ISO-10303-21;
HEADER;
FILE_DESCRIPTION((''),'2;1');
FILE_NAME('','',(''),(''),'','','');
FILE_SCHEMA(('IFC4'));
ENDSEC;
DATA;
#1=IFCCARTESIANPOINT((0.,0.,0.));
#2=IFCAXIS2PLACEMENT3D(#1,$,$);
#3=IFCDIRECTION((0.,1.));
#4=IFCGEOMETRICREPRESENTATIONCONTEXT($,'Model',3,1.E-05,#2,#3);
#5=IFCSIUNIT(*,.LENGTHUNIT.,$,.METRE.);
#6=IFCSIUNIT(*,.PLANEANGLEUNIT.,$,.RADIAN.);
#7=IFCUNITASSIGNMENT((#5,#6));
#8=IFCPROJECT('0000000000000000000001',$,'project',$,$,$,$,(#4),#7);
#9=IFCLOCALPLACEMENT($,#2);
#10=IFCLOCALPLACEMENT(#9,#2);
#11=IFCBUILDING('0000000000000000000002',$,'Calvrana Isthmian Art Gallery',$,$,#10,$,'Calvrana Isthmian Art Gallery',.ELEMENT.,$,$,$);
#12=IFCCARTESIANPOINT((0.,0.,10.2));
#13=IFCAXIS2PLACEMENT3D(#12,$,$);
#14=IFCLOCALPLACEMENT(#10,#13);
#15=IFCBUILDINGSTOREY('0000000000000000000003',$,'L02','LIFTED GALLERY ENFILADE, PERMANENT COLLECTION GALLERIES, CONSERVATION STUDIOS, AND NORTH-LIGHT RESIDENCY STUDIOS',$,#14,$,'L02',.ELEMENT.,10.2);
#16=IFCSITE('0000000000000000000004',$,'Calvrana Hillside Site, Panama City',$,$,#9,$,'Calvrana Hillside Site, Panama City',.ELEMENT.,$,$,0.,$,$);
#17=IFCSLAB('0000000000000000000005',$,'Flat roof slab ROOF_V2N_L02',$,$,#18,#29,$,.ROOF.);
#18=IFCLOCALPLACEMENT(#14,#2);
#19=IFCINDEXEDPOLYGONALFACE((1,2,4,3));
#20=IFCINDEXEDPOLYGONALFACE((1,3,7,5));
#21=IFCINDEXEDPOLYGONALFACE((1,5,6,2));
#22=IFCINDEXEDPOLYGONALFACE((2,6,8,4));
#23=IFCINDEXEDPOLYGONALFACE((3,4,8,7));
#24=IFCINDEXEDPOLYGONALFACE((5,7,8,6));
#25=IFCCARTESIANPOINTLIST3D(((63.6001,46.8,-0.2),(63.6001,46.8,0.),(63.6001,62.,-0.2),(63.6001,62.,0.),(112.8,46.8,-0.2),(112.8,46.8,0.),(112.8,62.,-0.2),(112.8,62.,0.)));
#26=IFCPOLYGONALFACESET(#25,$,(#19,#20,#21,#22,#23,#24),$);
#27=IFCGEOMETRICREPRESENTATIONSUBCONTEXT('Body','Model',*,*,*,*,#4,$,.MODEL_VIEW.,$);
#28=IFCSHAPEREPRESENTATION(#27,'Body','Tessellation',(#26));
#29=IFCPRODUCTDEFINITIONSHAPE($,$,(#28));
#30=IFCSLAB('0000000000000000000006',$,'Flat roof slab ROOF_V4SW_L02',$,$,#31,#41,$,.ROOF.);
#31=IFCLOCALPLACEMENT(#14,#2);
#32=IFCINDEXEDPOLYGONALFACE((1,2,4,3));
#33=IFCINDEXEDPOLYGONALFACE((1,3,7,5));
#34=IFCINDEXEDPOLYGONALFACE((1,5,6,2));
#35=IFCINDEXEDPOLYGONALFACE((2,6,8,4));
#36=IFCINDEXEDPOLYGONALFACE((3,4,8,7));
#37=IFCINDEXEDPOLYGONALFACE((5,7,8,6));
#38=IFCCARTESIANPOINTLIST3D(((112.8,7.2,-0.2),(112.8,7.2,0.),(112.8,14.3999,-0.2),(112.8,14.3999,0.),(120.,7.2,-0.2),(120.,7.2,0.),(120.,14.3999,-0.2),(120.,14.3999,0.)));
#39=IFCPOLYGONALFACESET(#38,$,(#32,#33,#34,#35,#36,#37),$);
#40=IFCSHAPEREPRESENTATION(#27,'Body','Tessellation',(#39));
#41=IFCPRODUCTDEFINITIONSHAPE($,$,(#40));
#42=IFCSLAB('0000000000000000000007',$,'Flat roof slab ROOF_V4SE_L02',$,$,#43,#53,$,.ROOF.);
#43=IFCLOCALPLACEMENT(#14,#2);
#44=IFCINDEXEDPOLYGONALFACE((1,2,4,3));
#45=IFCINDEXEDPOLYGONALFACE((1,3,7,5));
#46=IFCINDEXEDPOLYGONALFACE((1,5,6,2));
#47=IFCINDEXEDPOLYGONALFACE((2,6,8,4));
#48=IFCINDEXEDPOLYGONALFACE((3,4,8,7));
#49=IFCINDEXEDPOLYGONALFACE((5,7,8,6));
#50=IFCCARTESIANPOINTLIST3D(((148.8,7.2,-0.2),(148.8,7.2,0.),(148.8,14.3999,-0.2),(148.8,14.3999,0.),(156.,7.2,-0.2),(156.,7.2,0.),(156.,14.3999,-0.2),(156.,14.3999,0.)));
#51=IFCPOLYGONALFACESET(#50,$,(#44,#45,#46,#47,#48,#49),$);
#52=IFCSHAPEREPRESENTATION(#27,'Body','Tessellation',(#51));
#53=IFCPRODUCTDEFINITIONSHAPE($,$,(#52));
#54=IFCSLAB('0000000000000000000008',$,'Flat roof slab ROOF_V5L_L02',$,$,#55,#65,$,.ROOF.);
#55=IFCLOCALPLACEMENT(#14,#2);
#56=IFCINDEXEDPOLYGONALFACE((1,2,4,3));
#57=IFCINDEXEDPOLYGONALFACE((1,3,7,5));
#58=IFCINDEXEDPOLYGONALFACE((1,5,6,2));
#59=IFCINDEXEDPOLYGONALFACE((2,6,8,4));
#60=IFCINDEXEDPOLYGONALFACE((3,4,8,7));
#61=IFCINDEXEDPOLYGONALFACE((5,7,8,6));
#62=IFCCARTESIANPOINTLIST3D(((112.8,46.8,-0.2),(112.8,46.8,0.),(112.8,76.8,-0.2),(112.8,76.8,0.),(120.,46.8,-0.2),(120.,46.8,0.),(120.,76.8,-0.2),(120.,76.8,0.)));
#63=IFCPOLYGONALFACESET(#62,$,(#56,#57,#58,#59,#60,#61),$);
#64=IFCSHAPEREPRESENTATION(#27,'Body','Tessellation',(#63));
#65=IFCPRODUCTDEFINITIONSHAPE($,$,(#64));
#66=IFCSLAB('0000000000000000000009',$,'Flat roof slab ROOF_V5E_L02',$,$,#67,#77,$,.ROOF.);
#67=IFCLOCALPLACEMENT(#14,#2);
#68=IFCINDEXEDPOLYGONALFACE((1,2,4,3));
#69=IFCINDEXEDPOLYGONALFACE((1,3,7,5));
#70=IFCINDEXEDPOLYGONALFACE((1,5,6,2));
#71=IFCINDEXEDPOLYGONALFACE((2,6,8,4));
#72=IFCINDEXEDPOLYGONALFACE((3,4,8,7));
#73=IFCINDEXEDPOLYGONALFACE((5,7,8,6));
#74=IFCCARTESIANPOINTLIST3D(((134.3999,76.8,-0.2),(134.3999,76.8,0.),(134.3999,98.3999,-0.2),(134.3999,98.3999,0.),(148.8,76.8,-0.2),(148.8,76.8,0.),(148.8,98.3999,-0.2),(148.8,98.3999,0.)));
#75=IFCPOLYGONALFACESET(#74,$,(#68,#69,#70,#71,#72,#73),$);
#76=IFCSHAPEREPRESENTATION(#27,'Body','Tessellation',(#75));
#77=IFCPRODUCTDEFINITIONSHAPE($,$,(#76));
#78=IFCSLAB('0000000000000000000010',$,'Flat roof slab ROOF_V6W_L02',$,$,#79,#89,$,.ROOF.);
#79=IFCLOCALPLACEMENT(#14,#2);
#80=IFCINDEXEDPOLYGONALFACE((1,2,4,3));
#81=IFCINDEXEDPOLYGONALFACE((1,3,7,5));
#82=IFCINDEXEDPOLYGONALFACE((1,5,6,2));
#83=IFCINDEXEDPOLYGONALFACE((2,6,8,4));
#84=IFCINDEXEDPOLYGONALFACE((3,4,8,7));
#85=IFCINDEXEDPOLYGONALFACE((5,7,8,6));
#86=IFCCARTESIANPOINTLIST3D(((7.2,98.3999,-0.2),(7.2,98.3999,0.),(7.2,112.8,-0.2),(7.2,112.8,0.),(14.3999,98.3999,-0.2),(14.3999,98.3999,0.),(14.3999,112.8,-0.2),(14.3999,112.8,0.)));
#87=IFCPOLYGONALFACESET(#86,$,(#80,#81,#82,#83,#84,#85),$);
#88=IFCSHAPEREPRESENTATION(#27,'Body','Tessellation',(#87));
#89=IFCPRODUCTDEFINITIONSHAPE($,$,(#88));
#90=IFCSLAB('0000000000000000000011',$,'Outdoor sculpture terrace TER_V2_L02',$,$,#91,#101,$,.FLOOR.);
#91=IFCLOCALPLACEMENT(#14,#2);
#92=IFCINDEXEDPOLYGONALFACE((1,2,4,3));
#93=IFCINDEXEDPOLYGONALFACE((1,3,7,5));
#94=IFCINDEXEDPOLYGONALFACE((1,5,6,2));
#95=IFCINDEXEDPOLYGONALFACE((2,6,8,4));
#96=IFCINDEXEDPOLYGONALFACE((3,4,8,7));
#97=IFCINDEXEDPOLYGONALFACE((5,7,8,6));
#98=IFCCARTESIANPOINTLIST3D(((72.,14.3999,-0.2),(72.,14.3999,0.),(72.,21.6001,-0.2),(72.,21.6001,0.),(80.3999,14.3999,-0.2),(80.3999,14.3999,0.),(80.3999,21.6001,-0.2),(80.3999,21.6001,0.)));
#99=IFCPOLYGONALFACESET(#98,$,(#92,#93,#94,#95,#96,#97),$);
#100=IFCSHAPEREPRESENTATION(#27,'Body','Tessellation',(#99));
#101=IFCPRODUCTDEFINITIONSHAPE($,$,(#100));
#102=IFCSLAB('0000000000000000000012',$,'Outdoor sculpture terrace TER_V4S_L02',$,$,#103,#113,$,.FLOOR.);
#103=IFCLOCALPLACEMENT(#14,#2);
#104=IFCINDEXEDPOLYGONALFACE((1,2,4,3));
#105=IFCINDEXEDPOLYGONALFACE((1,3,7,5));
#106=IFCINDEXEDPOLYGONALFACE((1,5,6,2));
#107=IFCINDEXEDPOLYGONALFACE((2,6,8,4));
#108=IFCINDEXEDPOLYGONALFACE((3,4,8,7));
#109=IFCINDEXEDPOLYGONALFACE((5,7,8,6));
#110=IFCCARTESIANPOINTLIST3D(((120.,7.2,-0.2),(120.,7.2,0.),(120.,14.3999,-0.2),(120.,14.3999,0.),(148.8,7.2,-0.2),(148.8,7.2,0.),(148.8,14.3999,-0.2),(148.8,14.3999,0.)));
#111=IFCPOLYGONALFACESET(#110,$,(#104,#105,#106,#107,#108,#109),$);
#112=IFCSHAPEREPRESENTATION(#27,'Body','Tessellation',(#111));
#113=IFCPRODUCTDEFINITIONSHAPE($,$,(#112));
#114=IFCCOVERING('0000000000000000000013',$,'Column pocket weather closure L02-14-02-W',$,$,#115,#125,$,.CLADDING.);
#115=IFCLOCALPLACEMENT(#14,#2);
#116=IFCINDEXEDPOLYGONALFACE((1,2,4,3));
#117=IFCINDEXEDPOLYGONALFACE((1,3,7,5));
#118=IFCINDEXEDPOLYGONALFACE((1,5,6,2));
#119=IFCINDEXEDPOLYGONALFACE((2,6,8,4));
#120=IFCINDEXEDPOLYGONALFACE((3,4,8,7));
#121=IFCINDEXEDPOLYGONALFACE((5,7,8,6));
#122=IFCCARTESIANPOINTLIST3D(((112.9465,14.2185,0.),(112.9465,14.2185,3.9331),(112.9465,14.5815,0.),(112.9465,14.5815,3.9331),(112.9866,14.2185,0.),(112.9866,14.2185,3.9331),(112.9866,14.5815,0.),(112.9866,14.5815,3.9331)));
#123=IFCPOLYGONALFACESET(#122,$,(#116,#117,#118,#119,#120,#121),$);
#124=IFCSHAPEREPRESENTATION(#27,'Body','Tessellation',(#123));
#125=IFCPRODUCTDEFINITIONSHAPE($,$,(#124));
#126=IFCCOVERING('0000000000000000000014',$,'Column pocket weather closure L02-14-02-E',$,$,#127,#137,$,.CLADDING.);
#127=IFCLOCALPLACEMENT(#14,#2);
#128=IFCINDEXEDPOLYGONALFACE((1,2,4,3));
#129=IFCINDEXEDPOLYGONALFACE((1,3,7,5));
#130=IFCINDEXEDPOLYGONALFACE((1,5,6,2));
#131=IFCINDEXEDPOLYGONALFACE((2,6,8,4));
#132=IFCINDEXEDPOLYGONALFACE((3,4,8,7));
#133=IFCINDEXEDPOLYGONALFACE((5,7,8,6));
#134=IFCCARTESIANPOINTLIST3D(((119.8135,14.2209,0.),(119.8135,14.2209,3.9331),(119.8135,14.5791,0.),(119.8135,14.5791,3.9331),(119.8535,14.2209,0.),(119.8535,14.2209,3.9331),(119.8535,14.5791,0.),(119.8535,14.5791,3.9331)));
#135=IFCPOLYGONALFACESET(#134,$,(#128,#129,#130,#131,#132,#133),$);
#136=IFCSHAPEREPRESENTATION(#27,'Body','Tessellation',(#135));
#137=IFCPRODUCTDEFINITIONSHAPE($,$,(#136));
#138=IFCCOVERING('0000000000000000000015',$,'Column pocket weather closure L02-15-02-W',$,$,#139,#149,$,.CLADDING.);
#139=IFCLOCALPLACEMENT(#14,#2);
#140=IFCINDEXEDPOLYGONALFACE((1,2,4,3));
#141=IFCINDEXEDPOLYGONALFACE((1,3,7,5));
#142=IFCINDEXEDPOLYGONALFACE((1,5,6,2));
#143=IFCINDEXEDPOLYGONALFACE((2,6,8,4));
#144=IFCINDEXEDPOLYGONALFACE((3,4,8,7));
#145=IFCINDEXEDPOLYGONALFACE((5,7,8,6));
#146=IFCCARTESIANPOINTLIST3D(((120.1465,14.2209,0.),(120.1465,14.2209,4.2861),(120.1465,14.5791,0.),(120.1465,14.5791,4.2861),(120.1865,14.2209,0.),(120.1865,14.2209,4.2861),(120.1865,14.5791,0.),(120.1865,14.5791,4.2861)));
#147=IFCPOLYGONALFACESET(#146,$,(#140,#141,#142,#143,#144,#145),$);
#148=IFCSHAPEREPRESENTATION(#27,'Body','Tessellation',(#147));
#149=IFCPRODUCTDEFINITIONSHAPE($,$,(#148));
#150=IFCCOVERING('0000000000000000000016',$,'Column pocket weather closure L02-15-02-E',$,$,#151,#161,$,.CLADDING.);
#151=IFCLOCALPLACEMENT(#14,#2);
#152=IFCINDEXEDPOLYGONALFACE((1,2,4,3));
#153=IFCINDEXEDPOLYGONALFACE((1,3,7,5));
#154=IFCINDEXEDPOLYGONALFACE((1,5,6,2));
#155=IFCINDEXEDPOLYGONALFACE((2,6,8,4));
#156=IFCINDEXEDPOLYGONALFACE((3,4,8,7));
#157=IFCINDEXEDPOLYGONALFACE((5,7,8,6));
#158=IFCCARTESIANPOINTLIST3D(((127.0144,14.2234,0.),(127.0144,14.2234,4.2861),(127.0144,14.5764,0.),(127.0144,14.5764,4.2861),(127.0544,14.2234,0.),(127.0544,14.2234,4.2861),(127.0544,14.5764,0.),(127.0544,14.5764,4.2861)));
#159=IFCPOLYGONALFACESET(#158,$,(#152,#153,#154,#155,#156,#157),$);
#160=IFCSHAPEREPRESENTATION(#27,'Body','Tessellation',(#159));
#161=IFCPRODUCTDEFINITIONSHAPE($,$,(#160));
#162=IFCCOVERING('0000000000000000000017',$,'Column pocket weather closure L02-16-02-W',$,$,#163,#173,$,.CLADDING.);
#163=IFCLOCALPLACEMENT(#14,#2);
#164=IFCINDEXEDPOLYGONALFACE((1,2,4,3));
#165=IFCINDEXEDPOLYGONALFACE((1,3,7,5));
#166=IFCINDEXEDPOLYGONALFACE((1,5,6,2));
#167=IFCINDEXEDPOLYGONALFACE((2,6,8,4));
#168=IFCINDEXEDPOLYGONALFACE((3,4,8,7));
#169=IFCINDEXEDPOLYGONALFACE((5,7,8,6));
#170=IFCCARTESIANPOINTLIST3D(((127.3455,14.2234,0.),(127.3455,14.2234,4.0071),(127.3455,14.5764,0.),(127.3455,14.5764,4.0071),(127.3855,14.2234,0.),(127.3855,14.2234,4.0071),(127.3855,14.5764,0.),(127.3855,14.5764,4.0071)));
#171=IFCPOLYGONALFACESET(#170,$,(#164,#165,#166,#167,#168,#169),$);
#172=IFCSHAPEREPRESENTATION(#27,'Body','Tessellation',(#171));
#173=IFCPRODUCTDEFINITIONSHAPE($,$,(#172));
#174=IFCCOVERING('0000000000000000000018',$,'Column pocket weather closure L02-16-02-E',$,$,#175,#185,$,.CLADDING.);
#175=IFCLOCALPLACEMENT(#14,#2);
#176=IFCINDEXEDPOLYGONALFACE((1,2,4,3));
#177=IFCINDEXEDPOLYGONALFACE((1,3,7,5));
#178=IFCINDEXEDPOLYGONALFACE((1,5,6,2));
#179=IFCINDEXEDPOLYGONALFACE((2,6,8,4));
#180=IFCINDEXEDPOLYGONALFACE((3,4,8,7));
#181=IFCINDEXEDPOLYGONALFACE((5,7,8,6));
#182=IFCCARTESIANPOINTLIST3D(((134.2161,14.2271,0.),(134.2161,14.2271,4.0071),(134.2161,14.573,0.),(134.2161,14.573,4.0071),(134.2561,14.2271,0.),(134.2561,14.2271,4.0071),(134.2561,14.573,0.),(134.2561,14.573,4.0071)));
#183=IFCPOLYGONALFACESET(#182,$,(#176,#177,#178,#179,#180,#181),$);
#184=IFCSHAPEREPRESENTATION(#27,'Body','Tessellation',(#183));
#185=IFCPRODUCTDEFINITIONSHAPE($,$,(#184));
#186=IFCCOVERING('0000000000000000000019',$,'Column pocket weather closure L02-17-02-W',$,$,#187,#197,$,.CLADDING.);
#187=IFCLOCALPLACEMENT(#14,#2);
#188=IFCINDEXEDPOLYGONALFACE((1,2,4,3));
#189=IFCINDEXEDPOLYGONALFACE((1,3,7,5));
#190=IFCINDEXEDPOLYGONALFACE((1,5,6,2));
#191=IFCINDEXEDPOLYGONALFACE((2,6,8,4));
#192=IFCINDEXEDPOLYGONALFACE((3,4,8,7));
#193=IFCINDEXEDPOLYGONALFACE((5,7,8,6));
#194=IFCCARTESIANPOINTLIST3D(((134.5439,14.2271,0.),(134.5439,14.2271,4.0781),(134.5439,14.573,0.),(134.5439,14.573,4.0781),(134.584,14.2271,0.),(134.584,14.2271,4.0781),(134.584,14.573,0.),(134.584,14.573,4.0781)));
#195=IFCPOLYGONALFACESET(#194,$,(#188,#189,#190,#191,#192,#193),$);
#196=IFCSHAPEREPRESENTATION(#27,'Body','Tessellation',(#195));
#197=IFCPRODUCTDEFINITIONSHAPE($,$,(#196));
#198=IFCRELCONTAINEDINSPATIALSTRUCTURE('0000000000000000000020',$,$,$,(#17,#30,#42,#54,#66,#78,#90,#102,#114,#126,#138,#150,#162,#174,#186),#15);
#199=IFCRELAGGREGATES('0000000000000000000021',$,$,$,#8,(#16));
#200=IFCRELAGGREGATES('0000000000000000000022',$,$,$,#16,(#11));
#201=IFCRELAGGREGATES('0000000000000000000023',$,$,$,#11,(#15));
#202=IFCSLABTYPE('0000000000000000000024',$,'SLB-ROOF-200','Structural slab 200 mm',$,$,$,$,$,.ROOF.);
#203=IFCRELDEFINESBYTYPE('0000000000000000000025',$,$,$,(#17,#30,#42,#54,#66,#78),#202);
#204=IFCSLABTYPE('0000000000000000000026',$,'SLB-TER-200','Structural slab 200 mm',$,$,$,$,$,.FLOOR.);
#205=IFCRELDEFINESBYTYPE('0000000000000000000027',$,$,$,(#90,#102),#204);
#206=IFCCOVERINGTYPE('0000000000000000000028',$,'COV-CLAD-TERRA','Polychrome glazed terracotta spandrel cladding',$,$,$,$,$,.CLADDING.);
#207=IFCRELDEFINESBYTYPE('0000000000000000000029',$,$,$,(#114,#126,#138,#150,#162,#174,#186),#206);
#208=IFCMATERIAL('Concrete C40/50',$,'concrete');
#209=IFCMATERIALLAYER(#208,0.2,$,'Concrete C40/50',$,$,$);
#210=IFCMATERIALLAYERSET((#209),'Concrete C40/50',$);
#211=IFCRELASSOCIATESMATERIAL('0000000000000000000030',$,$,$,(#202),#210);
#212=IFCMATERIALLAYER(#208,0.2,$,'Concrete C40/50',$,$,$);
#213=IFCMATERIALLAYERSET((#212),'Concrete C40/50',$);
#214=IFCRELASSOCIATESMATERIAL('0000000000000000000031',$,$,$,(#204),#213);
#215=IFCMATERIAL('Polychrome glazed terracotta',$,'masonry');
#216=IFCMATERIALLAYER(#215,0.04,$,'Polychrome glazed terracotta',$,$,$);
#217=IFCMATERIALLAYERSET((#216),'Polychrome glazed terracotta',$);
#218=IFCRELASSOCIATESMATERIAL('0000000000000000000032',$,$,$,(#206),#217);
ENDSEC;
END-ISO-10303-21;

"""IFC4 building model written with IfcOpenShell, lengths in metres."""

from ifc_helpers import new_model, si_unit, direction, frame, origin, place, context, subcontext, project, spatial, polyline, outline, extrude, material, layer, layer_set, type_object, element, save


model = new_model("IFC4")

# Units and contexts
model_context = context("Model", 3, precision=1e-05, world=origin(), true_north=direction((0.0, 1.0)))
body_context = subcontext(model_context, "Body", "Model", "MODEL_VIEW")
ifc_project = project(units=[si_unit("LENGTHUNIT", "METRE"), si_unit("PLANEANGLEUNIT", "RADIAN")], contexts=[model_context])

# Site, building, storey
site_placement = place(None, origin())
site = spatial("IfcSite", under=ifc_project, at=site_placement, Name="Calvrana Hillside Site, Panama City", LongName="Calvrana Hillside Site, Panama City", CompositionType="ELEMENT", RefElevation=0.0)
building_placement = place(site_placement, origin())
building = spatial("IfcBuilding", under=site, at=building_placement, Name="Calvrana Isthmian Art Gallery", LongName="Calvrana Isthmian Art Gallery", CompositionType="ELEMENT")
storey_placement = place(building_placement, frame((0.0, 0.0, 10.2)))
storey = spatial("IfcBuildingStorey", under=building, at=storey_placement, Name="L02", Description="LIFTED GALLERY ENFILADE, PERMANENT COLLECTION GALLERIES, CONSERVATION STUDIOS, AND NORTH-LIGHT RESIDENCY STUDIOS", LongName="L02", CompositionType="ELEMENT", Elevation=10.2)

# Shared definitions
ifc_material_1 = material(Name="Concrete C40/50", Category="concrete")

# Shared definitions
ifc_layer_1 = layer(ifc_material_1, 0.2, Name="Concrete C40/50")
ifc_layer_set_1 = layer_set([ifc_layer_1], Name="Concrete C40/50")
slab_type_1 = type_object("IfcSlabType", Name="SLB-ROOF-200", Description="Structural slab 200 mm", PredefinedType="ROOF", material=ifc_layer_set_1)

# Slabs
slab_1_placement = place(storey_placement, frame((0.0, 0.0, -0.2)))
element("IfcSlab", 1, at=slab_1_placement, inside=storey, type_object=slab_type_1, Name="Flat roof slab ROOF_V2N_L02", PredefinedType="ROOF", context=body_context, shape_type="SweptSolid", body=[
    extrude(outline(polyline([(63.6001, 46.8), (112.8, 46.8), (112.8, 62.0), (63.6001, 62.0), (63.6001, 46.8)])), origin(), (0.0, 0.0, 1.0), 0.2),
])
slab_2_placement = place(storey_placement, frame((0.0, 0.0, -0.2)))
element("IfcSlab", 2, at=slab_2_placement, inside=storey, type_object=slab_type_1, Name="Flat roof slab ROOF_V4SW_L02", PredefinedType="ROOF", context=body_context, shape_type="SweptSolid", body=[
    extrude(outline(polyline([(112.8, 7.2), (120.0, 7.2), (120.0, 14.3999), (112.8, 14.3999), (112.8, 7.2)])), origin(), (0.0, 0.0, 1.0), 0.2),
])
slab_3_placement = place(storey_placement, frame((0.0, 0.0, -0.2)))
element("IfcSlab", 3, at=slab_3_placement, inside=storey, type_object=slab_type_1, Name="Flat roof slab ROOF_V4SE_L02", PredefinedType="ROOF", context=body_context, shape_type="SweptSolid", body=[
    extrude(outline(polyline([(148.8, 7.2), (156.0, 7.2), (156.0, 14.3999), (148.8, 14.3999), (148.8, 7.2)])), origin(), (0.0, 0.0, 1.0), 0.2),
])
slab_4_placement = place(storey_placement, frame((0.0, 0.0, -0.2)))
element("IfcSlab", 4, at=slab_4_placement, inside=storey, type_object=slab_type_1, Name="Flat roof slab ROOF_V5L_L02", PredefinedType="ROOF", context=body_context, shape_type="SweptSolid", body=[
    extrude(outline(polyline([(112.8, 46.8), (120.0, 46.8), (120.0, 76.8), (112.8, 76.8), (112.8, 46.8)])), origin(), (0.0, 0.0, 1.0), 0.2),
])
slab_5_placement = place(storey_placement, frame((0.0, 0.0, -0.2)))
element("IfcSlab", 5, at=slab_5_placement, inside=storey, type_object=slab_type_1, Name="Flat roof slab ROOF_V5E_L02", PredefinedType="ROOF", context=body_context, shape_type="SweptSolid", body=[
    extrude(outline(polyline([(134.3999, 76.8), (148.8, 76.8), (148.8, 98.3999), (134.3999, 98.3999), (134.3999, 76.8)])), origin(), (0.0, 0.0, 1.0), 0.2),
])
slab_6_placement = place(storey_placement, frame((0.0, 0.0, -0.2)))
element("IfcSlab", 6, at=slab_6_placement, inside=storey, type_object=slab_type_1, Name="Flat roof slab ROOF_V6W_L02", PredefinedType="ROOF", context=body_context, shape_type="SweptSolid", body=[
    extrude(outline(polyline([(7.2, 98.3999), (14.3999, 98.3999), (14.3999, 112.8), (7.2, 112.8), (7.2, 98.3999)])), origin(), (0.0, 0.0, 1.0), 0.2),
])
ifc_layer_2 = layer(ifc_material_1, 0.2, Name="Concrete C40/50")
ifc_layer_set_2 = layer_set([ifc_layer_2], Name="Concrete C40/50")
slab_type_2 = type_object("IfcSlabType", Name="SLB-TER-200", Description="Structural slab 200 mm", PredefinedType="FLOOR", material=ifc_layer_set_2)
slab_7_placement = place(storey_placement, frame((0.0, 0.0, -0.2)))
element("IfcSlab", 7, at=slab_7_placement, inside=storey, type_object=slab_type_2, Name="Outdoor sculpture terrace TER_V2_L02", PredefinedType="FLOOR", context=body_context, shape_type="SweptSolid", body=[
    extrude(outline(polyline([(72.0, 14.3999), (80.3999, 14.3999), (80.3999, 21.6001), (72.0, 21.6001), (72.0, 14.3999)])), origin(), (0.0, 0.0, 1.0), 0.2),
])
slab_8_placement = place(storey_placement, frame((0.0, 0.0, -0.2)))
element("IfcSlab", 8, at=slab_8_placement, inside=storey, type_object=slab_type_2, Name="Outdoor sculpture terrace TER_V4S_L02", PredefinedType="FLOOR", context=body_context, shape_type="SweptSolid", body=[
    extrude(outline(polyline([(120.0, 7.2), (148.8, 7.2), (148.8, 14.3999), (120.0, 14.3999), (120.0, 7.2)])), origin(), (0.0, 0.0, 1.0), 0.2),
])

# Coverings
ifc_material_2 = material(Name="Polychrome glazed terracotta", Category="masonry")
ifc_layer_3 = layer(ifc_material_2, 0.04, Name="Polychrome glazed terracotta")
ifc_layer_set_3 = layer_set([ifc_layer_3], Name="Polychrome glazed terracotta")
covering_type = type_object("IfcCoveringType", Name="COV-CLAD-TERRA", Description="Polychrome glazed terracotta spandrel cladding", PredefinedType="CLADDING", material=ifc_layer_set_3)
covering_1_placement = place(storey_placement, origin())
element("IfcCovering", 9, at=covering_1_placement, inside=storey, type_object=covering_type, Name="Column pocket weather closure L02-14-02-W", PredefinedType="CLADDING", context=body_context, shape_type="SweptSolid", body=[
    extrude(outline(polyline([(112.9465, 14.2185), (112.9866, 14.2185), (112.9866, 14.5815), (112.9465, 14.5815), (112.9465, 14.2185)])), origin(), (0.0, 0.0, 1.0), 3.9331),
])
covering_2_placement = place(storey_placement, origin())
element("IfcCovering", 10, at=covering_2_placement, inside=storey, type_object=covering_type, Name="Column pocket weather closure L02-14-02-E", PredefinedType="CLADDING", context=body_context, shape_type="SweptSolid", body=[
    extrude(outline(polyline([(119.8135, 14.2209), (119.8535, 14.2209), (119.8535, 14.5791), (119.8135, 14.5791), (119.8135, 14.2209)])), origin(), (0.0, 0.0, 1.0), 3.9331),
])
covering_3_placement = place(storey_placement, origin())
element("IfcCovering", 11, at=covering_3_placement, inside=storey, type_object=covering_type, Name="Column pocket weather closure L02-15-02-W", PredefinedType="CLADDING", context=body_context, shape_type="SweptSolid", body=[
    extrude(outline(polyline([(120.1465, 14.2209), (120.1865, 14.2209), (120.1865, 14.5791), (120.1465, 14.5791), (120.1465, 14.2209)])), origin(), (0.0, 0.0, 1.0), 4.2861),
])
covering_4_placement = place(storey_placement, origin())
element("IfcCovering", 12, at=covering_4_placement, inside=storey, type_object=covering_type, Name="Column pocket weather closure L02-15-02-E", PredefinedType="CLADDING", context=body_context, shape_type="SweptSolid", body=[
    extrude(outline(polyline([(127.0144, 14.2234), (127.0544, 14.2234), (127.0544, 14.5764), (127.0144, 14.5764), (127.0144, 14.2234)])), origin(), (0.0, 0.0, 1.0), 4.2861),
])
covering_5_placement = place(storey_placement, origin())
element("IfcCovering", 13, at=covering_5_placement, inside=storey, type_object=covering_type, Name="Column pocket weather closure L02-16-02-W", PredefinedType="CLADDING", context=body_context, shape_type="SweptSolid", body=[
    extrude(outline(polyline([(127.3455, 14.2234), (127.3855, 14.2234), (127.3855, 14.5764), (127.3455, 14.5764), (127.3455, 14.2234)])), origin(), (0.0, 0.0, 1.0), 4.0071),
])
covering_6_placement = place(storey_placement, origin())
element("IfcCovering", 14, at=covering_6_placement, inside=storey, type_object=covering_type, Name="Column pocket weather closure L02-16-02-E", PredefinedType="CLADDING", context=body_context, shape_type="SweptSolid", body=[
    extrude(outline(polyline([(134.2161, 14.2271), (134.2561, 14.2271), (134.2561, 14.573), (134.2161, 14.573), (134.2161, 14.2271)])), origin(), (0.0, 0.0, 1.0), 4.0071),
])
covering_7_placement = place(storey_placement, origin())
element("IfcCovering", 15, at=covering_7_placement, inside=storey, type_object=covering_type, Name="Column pocket weather closure L02-17-02-W", PredefinedType="CLADDING", context=body_context, shape_type="SweptSolid", body=[
    extrude(outline(polyline([(134.5439, 14.2271), (134.584, 14.2271), (134.584, 14.573), (134.5439, 14.573), (134.5439, 14.2271)])), origin(), (0.0, 0.0, 1.0), 4.0781),
])

save(model, "model.ifc")
